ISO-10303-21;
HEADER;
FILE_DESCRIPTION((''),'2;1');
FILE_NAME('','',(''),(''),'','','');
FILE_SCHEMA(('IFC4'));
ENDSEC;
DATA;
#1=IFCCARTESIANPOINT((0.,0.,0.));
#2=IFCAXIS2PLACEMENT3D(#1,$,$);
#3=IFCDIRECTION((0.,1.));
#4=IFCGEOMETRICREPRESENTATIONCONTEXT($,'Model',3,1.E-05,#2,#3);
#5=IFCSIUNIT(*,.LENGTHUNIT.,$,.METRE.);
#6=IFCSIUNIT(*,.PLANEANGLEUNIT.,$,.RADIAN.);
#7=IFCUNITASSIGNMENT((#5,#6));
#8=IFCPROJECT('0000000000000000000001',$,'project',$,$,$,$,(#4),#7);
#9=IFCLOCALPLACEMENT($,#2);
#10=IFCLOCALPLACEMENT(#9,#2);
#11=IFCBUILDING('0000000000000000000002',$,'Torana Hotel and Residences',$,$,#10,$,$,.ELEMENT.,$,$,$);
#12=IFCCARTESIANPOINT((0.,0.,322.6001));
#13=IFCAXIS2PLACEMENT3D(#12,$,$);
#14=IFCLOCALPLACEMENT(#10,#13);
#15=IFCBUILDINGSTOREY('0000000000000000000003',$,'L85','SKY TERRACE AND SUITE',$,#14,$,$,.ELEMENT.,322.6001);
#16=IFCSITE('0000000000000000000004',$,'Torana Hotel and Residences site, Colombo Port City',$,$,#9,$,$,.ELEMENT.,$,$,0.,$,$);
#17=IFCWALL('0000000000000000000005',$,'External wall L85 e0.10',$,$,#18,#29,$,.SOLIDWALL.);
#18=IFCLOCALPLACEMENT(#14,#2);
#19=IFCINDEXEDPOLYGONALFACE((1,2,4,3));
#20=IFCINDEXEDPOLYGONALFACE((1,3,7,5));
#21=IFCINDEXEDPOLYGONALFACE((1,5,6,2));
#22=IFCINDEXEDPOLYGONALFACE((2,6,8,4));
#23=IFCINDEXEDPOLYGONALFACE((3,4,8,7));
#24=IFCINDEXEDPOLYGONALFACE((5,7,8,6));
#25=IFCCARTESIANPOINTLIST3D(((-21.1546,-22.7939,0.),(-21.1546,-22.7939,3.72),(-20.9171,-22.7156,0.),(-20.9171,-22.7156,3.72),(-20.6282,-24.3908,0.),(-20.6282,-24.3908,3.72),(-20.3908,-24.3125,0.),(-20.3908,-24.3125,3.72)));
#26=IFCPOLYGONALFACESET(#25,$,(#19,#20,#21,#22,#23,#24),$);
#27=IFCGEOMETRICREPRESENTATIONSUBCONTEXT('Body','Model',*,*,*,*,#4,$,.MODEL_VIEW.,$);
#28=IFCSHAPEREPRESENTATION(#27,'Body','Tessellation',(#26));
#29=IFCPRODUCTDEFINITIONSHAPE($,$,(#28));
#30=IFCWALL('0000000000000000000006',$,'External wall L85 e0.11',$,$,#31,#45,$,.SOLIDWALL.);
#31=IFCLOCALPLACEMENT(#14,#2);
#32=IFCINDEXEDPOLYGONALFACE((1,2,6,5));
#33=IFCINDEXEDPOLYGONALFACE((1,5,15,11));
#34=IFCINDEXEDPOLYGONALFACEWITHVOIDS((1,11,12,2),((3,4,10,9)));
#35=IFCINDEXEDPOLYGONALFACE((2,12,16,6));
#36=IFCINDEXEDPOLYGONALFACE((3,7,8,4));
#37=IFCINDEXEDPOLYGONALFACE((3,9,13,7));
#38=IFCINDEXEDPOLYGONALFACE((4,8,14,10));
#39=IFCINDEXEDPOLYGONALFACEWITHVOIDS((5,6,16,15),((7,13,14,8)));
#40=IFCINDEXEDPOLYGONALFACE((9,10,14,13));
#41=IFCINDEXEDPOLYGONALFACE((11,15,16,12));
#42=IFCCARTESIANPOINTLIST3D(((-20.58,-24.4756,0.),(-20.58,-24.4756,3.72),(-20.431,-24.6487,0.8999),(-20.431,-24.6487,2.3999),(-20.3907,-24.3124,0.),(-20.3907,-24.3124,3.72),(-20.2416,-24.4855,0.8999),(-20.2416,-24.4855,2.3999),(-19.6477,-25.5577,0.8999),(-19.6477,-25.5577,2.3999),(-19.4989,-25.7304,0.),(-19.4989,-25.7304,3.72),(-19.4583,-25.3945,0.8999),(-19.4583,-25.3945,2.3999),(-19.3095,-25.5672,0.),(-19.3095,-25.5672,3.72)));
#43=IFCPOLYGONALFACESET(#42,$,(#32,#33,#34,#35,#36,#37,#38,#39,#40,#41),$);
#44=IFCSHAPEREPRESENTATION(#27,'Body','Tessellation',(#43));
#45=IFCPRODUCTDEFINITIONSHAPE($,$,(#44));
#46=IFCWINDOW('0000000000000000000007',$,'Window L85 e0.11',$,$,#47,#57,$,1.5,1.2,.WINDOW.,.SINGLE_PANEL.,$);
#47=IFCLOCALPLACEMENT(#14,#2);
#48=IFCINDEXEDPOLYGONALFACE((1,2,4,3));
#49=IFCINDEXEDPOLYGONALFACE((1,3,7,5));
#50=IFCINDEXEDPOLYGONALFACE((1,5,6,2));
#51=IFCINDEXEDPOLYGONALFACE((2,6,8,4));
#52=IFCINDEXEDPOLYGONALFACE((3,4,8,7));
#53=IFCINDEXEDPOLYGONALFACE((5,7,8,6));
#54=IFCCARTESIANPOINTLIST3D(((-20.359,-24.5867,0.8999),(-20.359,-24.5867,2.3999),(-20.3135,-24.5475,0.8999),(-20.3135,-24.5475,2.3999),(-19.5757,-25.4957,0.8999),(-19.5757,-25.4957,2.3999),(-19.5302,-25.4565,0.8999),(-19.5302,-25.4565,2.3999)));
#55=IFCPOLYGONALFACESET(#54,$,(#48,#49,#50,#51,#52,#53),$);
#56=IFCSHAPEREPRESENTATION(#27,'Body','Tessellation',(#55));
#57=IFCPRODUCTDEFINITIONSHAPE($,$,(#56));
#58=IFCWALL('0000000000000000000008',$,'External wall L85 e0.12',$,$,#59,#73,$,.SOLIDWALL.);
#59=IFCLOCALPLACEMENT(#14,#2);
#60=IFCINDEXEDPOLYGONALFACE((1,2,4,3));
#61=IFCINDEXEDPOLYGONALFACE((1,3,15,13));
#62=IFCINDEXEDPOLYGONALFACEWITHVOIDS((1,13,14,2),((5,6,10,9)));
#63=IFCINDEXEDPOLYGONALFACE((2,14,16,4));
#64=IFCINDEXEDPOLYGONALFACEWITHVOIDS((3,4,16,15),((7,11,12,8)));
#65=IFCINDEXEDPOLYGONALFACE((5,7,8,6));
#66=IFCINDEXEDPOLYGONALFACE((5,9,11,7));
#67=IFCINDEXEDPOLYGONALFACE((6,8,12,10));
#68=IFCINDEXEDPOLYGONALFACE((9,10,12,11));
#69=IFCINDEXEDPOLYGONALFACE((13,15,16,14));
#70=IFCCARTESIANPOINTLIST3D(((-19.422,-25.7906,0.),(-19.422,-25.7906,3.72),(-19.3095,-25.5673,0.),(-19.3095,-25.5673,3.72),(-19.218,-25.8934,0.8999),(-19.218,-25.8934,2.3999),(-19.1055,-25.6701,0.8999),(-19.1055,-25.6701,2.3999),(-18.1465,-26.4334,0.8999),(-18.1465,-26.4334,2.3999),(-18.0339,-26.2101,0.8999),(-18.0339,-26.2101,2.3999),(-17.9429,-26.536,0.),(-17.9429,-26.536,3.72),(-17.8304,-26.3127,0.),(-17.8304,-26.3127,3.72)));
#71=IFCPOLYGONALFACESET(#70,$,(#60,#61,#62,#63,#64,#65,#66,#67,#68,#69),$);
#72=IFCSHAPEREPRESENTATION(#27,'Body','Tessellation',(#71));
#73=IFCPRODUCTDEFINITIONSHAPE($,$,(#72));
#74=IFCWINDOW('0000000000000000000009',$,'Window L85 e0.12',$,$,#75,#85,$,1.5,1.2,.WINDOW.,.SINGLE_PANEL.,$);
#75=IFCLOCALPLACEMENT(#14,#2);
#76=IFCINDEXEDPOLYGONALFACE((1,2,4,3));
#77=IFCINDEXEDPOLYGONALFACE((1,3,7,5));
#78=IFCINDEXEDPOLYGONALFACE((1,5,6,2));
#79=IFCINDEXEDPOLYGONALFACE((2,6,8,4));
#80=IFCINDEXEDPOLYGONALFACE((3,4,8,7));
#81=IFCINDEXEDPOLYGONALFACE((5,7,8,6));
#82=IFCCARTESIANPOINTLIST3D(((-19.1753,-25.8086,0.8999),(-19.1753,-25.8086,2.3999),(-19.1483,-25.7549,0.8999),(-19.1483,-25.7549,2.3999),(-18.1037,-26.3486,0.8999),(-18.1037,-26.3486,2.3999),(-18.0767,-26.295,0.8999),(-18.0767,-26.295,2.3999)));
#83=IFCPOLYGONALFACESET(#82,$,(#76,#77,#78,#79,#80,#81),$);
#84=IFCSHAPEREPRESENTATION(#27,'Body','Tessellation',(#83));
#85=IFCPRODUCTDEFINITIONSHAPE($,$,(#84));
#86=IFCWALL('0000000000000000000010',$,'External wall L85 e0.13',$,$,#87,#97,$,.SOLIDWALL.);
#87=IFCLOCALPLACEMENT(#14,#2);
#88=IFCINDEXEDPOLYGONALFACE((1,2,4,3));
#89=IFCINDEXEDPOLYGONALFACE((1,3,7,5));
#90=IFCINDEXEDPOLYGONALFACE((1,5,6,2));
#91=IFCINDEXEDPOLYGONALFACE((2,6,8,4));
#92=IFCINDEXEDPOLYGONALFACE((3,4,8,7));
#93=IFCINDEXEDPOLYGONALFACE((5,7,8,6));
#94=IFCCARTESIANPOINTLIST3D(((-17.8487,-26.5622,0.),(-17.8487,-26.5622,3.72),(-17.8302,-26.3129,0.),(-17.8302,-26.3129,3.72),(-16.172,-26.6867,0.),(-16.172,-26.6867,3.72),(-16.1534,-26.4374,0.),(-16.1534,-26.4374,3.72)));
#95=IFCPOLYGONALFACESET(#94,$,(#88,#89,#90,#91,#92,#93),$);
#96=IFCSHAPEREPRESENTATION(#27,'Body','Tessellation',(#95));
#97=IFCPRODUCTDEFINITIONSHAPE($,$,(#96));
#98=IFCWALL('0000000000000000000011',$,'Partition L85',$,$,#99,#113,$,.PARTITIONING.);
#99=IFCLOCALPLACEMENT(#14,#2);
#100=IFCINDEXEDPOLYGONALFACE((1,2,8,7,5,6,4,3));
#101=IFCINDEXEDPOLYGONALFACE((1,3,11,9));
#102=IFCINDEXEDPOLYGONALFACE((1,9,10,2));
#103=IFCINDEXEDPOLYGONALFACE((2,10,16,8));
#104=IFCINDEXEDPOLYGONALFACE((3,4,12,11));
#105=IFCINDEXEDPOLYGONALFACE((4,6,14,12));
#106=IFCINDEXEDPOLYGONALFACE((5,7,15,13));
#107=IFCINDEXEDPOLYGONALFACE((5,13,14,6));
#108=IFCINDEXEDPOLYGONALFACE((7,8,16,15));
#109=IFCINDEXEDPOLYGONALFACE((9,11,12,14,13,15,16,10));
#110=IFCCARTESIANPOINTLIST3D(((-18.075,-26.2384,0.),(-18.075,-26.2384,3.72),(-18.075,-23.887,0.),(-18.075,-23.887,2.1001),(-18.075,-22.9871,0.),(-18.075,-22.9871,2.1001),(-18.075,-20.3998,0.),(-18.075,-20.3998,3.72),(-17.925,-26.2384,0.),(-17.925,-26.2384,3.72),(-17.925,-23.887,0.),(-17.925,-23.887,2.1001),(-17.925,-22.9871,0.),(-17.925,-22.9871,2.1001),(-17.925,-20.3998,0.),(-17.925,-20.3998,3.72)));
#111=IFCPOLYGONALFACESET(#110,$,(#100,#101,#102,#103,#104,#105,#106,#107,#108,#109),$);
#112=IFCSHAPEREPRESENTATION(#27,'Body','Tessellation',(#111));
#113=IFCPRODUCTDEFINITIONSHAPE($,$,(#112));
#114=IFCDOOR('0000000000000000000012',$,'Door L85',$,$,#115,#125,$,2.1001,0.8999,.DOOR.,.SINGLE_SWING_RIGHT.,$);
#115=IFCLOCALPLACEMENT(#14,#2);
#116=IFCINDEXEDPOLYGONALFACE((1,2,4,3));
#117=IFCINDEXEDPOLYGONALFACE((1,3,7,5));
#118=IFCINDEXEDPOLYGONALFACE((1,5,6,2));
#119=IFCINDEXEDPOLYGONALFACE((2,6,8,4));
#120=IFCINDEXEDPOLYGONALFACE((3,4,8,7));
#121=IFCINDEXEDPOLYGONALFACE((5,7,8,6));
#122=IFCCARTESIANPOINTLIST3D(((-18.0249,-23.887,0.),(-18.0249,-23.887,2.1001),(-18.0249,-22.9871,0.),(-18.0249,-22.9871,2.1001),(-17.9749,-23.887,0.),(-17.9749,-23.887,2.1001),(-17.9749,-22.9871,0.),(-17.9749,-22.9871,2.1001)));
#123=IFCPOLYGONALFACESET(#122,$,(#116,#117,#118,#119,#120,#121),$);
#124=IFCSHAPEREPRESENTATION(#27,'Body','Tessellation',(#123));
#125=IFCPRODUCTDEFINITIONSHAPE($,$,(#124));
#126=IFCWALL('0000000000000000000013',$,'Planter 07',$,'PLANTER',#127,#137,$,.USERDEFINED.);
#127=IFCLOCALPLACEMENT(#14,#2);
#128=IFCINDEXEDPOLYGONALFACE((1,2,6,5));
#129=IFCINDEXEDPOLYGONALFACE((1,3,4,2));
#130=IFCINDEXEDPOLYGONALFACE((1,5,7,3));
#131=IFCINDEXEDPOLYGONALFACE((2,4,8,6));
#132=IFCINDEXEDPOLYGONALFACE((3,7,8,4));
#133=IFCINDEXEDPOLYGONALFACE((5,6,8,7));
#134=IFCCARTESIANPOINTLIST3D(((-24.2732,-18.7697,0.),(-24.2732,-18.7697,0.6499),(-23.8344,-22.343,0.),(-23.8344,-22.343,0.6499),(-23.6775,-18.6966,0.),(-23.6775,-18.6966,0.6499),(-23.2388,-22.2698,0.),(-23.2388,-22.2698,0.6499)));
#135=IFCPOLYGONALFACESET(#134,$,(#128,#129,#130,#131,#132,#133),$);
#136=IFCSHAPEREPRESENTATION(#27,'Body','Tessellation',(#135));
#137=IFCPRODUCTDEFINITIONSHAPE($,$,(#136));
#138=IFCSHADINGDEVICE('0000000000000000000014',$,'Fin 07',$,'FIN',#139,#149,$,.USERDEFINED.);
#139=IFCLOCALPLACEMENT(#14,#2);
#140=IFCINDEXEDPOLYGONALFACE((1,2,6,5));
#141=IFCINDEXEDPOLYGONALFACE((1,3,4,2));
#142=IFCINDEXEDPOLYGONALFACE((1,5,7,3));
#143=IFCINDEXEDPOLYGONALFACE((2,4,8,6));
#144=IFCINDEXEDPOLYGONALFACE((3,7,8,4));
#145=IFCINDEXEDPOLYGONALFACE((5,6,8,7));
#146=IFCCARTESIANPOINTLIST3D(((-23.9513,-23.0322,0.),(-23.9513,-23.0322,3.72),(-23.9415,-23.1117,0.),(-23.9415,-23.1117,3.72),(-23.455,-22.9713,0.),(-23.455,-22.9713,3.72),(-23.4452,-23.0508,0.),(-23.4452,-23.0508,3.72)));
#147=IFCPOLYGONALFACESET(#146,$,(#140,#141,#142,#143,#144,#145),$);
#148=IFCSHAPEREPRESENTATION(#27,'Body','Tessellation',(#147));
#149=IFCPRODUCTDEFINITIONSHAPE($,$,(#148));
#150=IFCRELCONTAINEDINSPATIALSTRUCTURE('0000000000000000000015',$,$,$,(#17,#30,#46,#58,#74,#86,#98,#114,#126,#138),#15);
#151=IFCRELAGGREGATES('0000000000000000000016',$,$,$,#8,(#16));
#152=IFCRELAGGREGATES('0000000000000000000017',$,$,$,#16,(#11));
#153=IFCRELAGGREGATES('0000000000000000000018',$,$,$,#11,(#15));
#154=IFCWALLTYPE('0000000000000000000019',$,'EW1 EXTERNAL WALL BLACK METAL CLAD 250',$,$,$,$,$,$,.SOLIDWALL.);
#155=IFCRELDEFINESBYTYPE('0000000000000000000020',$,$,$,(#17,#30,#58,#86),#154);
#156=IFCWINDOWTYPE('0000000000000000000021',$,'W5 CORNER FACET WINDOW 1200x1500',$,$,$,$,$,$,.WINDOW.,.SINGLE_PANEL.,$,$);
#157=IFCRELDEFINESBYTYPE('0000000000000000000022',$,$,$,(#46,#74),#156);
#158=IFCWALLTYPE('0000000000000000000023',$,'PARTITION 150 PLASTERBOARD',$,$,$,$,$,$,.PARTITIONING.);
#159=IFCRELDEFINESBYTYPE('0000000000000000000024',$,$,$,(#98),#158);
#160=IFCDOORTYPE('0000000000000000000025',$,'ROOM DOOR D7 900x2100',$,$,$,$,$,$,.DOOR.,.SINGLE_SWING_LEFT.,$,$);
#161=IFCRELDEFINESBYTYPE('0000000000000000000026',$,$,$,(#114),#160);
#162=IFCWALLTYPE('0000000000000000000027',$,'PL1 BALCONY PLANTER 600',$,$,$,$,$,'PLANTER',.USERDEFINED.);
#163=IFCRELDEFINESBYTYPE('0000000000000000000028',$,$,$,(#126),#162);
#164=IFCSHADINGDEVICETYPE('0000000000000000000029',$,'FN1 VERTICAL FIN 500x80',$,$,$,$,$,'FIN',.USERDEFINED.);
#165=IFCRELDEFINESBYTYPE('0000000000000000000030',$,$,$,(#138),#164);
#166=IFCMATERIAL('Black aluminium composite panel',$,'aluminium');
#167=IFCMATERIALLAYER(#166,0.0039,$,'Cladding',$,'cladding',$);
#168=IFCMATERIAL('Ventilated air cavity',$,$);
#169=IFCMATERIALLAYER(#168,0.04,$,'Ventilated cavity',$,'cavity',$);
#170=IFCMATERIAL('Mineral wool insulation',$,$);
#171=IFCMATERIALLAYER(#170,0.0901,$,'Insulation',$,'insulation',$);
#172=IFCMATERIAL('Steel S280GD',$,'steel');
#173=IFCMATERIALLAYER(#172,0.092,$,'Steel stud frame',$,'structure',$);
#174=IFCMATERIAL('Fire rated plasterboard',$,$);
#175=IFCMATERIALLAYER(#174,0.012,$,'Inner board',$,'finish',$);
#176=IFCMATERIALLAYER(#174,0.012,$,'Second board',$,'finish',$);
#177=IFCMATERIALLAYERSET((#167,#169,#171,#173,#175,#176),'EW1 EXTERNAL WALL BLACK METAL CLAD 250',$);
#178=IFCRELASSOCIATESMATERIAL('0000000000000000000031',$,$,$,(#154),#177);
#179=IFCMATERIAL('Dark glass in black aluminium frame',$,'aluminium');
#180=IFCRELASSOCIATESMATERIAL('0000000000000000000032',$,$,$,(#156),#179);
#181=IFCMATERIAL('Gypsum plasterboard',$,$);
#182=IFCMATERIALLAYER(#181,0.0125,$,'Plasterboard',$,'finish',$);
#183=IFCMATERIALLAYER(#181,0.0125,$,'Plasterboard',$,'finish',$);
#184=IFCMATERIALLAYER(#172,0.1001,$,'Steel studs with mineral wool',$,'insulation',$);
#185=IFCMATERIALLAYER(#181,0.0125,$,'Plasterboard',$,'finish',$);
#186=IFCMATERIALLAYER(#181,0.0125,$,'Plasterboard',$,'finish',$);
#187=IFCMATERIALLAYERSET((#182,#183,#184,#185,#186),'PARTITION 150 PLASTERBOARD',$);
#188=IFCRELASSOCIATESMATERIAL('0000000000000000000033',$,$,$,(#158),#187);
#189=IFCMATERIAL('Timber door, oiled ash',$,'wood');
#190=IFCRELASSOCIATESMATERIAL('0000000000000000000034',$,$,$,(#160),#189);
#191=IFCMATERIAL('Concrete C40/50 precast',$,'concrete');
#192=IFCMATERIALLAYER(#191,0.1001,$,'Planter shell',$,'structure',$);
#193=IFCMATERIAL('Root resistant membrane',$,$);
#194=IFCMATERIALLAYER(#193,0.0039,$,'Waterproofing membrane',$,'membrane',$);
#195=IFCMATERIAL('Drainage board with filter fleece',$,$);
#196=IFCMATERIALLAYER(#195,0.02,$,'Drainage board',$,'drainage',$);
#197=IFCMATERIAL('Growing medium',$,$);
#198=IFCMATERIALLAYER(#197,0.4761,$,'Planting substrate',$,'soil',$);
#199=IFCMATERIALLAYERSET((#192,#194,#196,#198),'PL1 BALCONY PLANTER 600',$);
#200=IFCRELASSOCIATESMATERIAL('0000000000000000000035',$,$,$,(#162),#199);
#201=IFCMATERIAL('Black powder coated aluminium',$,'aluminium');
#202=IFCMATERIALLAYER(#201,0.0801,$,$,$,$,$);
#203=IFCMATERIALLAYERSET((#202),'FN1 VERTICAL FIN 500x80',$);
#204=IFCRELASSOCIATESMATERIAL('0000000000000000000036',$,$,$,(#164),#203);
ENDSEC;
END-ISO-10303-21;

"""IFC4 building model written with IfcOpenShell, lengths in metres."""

from ifc_helpers import new_model, si_unit, direction, frame, frame_2d, origin, origin_2d, place, context, subcontext, project, spatial, rectangle, extrude, material, layer, layer_set, type_object, element, fill, save


model = new_model("IFC4")

# Units and contexts
model_context = context("Model", 3, precision=1e-05, world=origin(), true_north=direction((0.0, 1.0)))
body_context = subcontext(model_context, "Body", "Model", "MODEL_VIEW")
ifc_project = project(units=[si_unit("LENGTHUNIT", "METRE"), si_unit("PLANEANGLEUNIT", "RADIAN")], contexts=[model_context])

# Site, building, storey
site_placement = place(None, origin())
site = spatial("IfcSite", under=ifc_project, at=site_placement, Name="Torana Hotel and Residences site, Colombo Port City", CompositionType="ELEMENT", RefElevation=0.0)
building_placement = place(site_placement, origin())
building = spatial("IfcBuilding", under=site, at=building_placement, Name="Torana Hotel and Residences", CompositionType="ELEMENT")
storey_placement = place(building_placement, frame((0.0, 0.0, 322.6001)))
storey = spatial("IfcBuildingStorey", under=building, at=storey_placement, Name="L85", Description="SKY TERRACE AND SUITE", CompositionType="ELEMENT", Elevation=322.6001)

# Wall
ifc_material_1 = material(Name="Black aluminium composite panel", Category="aluminium")
ifc_layer_1 = layer(ifc_material_1, 0.0039, Name="Cladding", Category="cladding")
ifc_material_2 = material(Name="Ventilated air cavity")
ifc_layer_2 = layer(ifc_material_2, 0.04, Name="Ventilated cavity", Category="cavity")
ifc_material_3 = material(Name="Mineral wool insulation")
ifc_layer_3 = layer(ifc_material_3, 0.0901, Name="Insulation", Category="insulation")
ifc_material_4 = material(Name="Steel S280GD", Category="steel")
ifc_layer_4 = layer(ifc_material_4, 0.092, Name="Steel stud frame", Category="structure")
ifc_material_5 = material(Name="Fire rated plasterboard")
ifc_layer_5 = layer(ifc_material_5, 0.012, Name="Inner board", Category="finish")
ifc_layer_6 = layer(ifc_material_5, 0.012, Name="Second board", Category="finish")
ifc_layer_set_1 = layer_set([ifc_layer_1, ifc_layer_2, ifc_layer_3, ifc_layer_4, ifc_layer_5, ifc_layer_6], Name="EW1 EXTERNAL WALL BLACK METAL CLAD 250")
wall_type_1 = type_object("IfcWallType", Name="EW1 EXTERNAL WALL BLACK METAL CLAD 250", PredefinedType="SOLIDWALL", material=ifc_layer_set_1)
wall_1_placement = place(storey_placement, frame((-21.0359, -22.7546, 0.0), z_axis=(0.0, 0.0, 1.0), x_axis=(0.313046, -0.949738, 0.0)))
element("IfcWall", 1, at=wall_1_placement, inside=storey, type_object=wall_type_1, Name="External wall L85 e0.10", PredefinedType="SOLIDWALL", context=body_context, shape_type="SweptSolid", body=[
    extrude(rectangle(XDim=1.6814, YDim=0.25, at=frame_2d((0.8408, 0.0))), origin(), (0.0, 0.0, 1.0), 3.72),
])

# Walls, openings, windows
wall_2_placement = place(storey_placement, frame((-20.4854, -24.394, 0.0), z_axis=(0.0, 0.0, 1.0), x_axis=(0.652756, -0.757568, 0.0)))
wall_2 = element("IfcWall", 2, at=wall_2_placement, inside=storey, type_object=wall_type_1, Name="External wall L85 e0.11", PredefinedType="SOLIDWALL", context=body_context, shape_type="SweptSolid", body=[
    extrude(rectangle(XDim=1.6562, YDim=0.25, at=frame_2d((0.8281, 0.0))), origin(), (0.0, 0.0, 1.0), 3.72),
])
opening_1_placement = place(wall_2_placement, frame((0.2283, 0.0, 0.8999)))
opening_1 = element("IfcOpeningElement", 3, at=opening_1_placement, cuts=wall_2, PredefinedType="OPENING", context=body_context, shape_type="SweptSolid", body=[
    extrude(rectangle(XDim=1.2, YDim=1.5, at=frame_2d((0.6001, 0.75))), frame((0.0, 0.135, 0.0), z_axis=(0.0, -1.0, 0.0), x_axis=(1.0, 0.0, 0.0)), (0.0, 0.0, 1.0), 0.27),
])
ifc_material_6 = material(Name="Dark glass in black aluminium frame", Category="aluminium")
window_type_1 = type_object("IfcWindowType", Name="W5 CORNER FACET WINDOW 1200x1500", PartitioningType="SINGLE_PANEL", PredefinedType="WINDOW", material=ifc_material_6)
window_1_placement = place(opening_1_placement, origin())
window_1 = element("IfcWindow", 4, at=window_1_placement, inside=storey, type_object=window_type_1, Name="Window L85 e0.11", OverallHeight=1.5, OverallWidth=1.2, PartitioningType="SINGLE_PANEL", PredefinedType="WINDOW", context=body_context, shape_type="SweptSolid", body=[
    extrude(rectangle(XDim=1.2, YDim=1.5, at=frame_2d((0.6001, 0.75))), frame((0.0, 0.03, 0.0), z_axis=(0.0, -1.0, 0.0), x_axis=(1.0, 0.0, 0.0)), (0.0, 0.0, 1.0), 0.0601),
])
fill(opening_1, window_1)
wall_3_placement = place(storey_placement, frame((-19.3657, -25.679, 0.0), z_axis=(0.0, 0.0, 1.0), x_axis=(0.893008, -0.450042, 0.0)))
wall_3 = element("IfcWall", 5, at=wall_3_placement, inside=storey, type_object=wall_type_1, Name="External wall L85 e0.12", PredefinedType="SOLIDWALL", context=body_context, shape_type="SweptSolid", body=[
    extrude(rectangle(XDim=1.6562, YDim=0.25, at=frame_2d((0.8281, 0.0))), origin(), (0.0, 0.0, 1.0), 3.72),
])
opening_2_placement = place(wall_3_placement, frame((0.2283, 0.0, 0.8999)))
opening_2 = element("IfcOpeningElement", 6, at=opening_2_placement, cuts=wall_3, PredefinedType="OPENING", context=body_context, shape_type="SweptSolid", body=[
    extrude(rectangle(XDim=1.2, YDim=1.5, at=frame_2d((0.6001, 0.75))), frame((0.0, 0.135, 0.0), z_axis=(0.0, -1.0, 0.0), x_axis=(1.0, 0.0, 0.0)), (0.0, 0.0, 1.0), 0.27),
])
window_2_placement = place(opening_2_placement, origin())
window_2 = element("IfcWindow", 7, at=window_2_placement, inside=storey, type_object=window_type_1, Name="Window L85 e0.12", OverallHeight=1.5, OverallWidth=1.2, PartitioningType="SINGLE_PANEL", PredefinedType="WINDOW", context=body_context, shape_type="SweptSolid", body=[
    extrude(rectangle(XDim=1.2, YDim=1.5, at=frame_2d((0.6001, 0.75))), frame((0.0, 0.03, 0.0), z_axis=(0.0, -1.0, 0.0), x_axis=(1.0, 0.0, 0.0)), (0.0, 0.0, 1.0), 0.0601),
])
fill(opening_2, window_2)

# Wall
wall_4_placement = place(storey_placement, frame((-17.8396, -26.4375, 0.0), z_axis=(0.0, 0.0, 1.0), x_axis=(0.997254, -0.074054, 0.0)))
element("IfcWall", 8, at=wall_4_placement, inside=storey, type_object=wall_type_1, Name="External wall L85 e0.13", PredefinedType="SOLIDWALL", context=body_context, shape_type="SweptSolid", body=[
    extrude(rectangle(XDim=1.6814, YDim=0.25, at=frame_2d((0.8408, 0.0))), origin(), (0.0, 0.0, 1.0), 3.72),
])

# Wall, opening, door
ifc_material_7 = material(Name="Gypsum plasterboard")
ifc_layer_7 = layer(ifc_material_7, 0.0125, Name="Plasterboard", Category="finish")
ifc_layer_8 = layer(ifc_material_7, 0.0125, Name="Plasterboard", Category="finish")
ifc_layer_9 = layer(ifc_material_4, 0.1001, Name="Steel studs with mineral wool", Category="insulation")
ifc_layer_10 = layer(ifc_material_7, 0.0125, Name="Plasterboard", Category="finish")
ifc_layer_11 = layer(ifc_material_7, 0.0125, Name="Plasterboard", Category="finish")
ifc_layer_set_2 = layer_set([ifc_layer_7, ifc_layer_8, ifc_layer_9, ifc_layer_10, ifc_layer_11], Name="PARTITION 150 PLASTERBOARD")
wall_type_2 = type_object("IfcWallType", Name="PARTITION 150 PLASTERBOARD", PredefinedType="PARTITIONING", material=ifc_layer_set_2)
wall_5_placement = place(storey_placement, frame((-18.0, -26.2385, 0.0), z_axis=(0.0, 0.0, 1.0), x_axis=(0.0, 1.0, 0.0)))
wall_5 = element("IfcWall", 9, at=wall_5_placement, inside=storey, type_object=wall_type_2, Name="Partition L85", PredefinedType="PARTITIONING", context=body_context, shape_type="SweptSolid", body=[
    extrude(rectangle(XDim=5.8386, YDim=0.1499, at=frame_2d((2.9194, 0.0))), origin(), (0.0, 0.0, 1.0), 3.72),
])
opening_3_placement = place(wall_5_placement, frame((2.3516, 0.0, 0.0)))
opening_3 = element("IfcOpeningElement", 10, at=opening_3_placement, cuts=wall_5, PredefinedType="OPENING", context=body_context, shape_type="SweptSolid", body=[
    extrude(rectangle(XDim=0.8999, YDim=2.1001, at=frame_2d((0.45, 1.05))), frame((0.0, 0.085, 0.0), z_axis=(0.0, -1.0, 0.0), x_axis=(1.0, 0.0, 0.0)), (0.0, 0.0, 1.0), 0.1699),
])
ifc_material_8 = material(Name="Timber door, oiled ash", Category="wood")
door_type_1 = type_object("IfcDoorType", Name="ROOM DOOR D7 900x2100", OperationType="SINGLE_SWING_LEFT", PredefinedType="DOOR", material=ifc_material_8)
door_1_placement = place(opening_3_placement, origin())
door_1 = element("IfcDoor", 11, at=door_1_placement, inside=storey, type_object=door_type_1, Name="Door L85", OperationType="SINGLE_SWING_RIGHT", OverallHeight=2.1001, OverallWidth=0.8999, PredefinedType="DOOR", context=body_context, shape_type="SweptSolid", body=[
    extrude(rectangle(XDim=0.8999, YDim=2.1001, at=frame_2d((0.45, 1.05))), frame((0.0, 0.0249, 0.0), z_axis=(0.0, -1.0, 0.0), x_axis=(1.0, 0.0, 0.0)), (0.0, 0.0, 1.0), 0.05),
])
fill(opening_3, door_1)

# Wall
ifc_material_9 = material(Name="Concrete C40/50 precast", Category="concrete")
ifc_layer_12 = layer(ifc_material_9, 0.1001, Name="Planter shell", Category="structure")
ifc_material_10 = material(Name="Root resistant membrane")
ifc_layer_13 = layer(ifc_material_10, 0.0039, Name="Waterproofing membrane", Category="membrane")
ifc_material_11 = material(Name="Drainage board with filter fleece")
ifc_layer_14 = layer(ifc_material_11, 0.02, Name="Drainage board", Category="drainage")
ifc_material_12 = material(Name="Growing medium")
ifc_layer_15 = layer(ifc_material_12, 0.4761, Name="Planting substrate", Category="soil")
ifc_layer_set_3 = layer_set([ifc_layer_12, ifc_layer_13, ifc_layer_14, ifc_layer_15], Name="PL1 BALCONY PLANTER 600")
wall_type_3 = type_object("IfcWallType", Name="PL1 BALCONY PLANTER 600", ElementType="PLANTER", PredefinedType="USERDEFINED", material=ifc_layer_set_3)
wall_6_placement = place(storey_placement, frame((-23.5366, -22.3064, 0.0), z_axis=(0.0, 0.0, 1.0), x_axis=(-0.121864, 0.992547, 0.0)))
element("IfcWall", 12, at=wall_6_placement, inside=storey, type_object=wall_type_3, Name="Planter 07", ObjectType="PLANTER", PredefinedType="USERDEFINED", context=body_context, shape_type="SweptSolid", body=[
    extrude(rectangle(XDim=3.6001, YDim=0.6001, at=frame_2d((1.8, 0.0))), origin(), (0.0, 0.0, 1.0), 0.6499),
])

# Shading device
ifc_material_13 = material(Name="Black powder coated aluminium", Category="aluminium")
ifc_layer_16 = layer(ifc_material_13, 0.0801)
ifc_layer_set_4 = layer_set([ifc_layer_16], Name="FN1 VERTICAL FIN 500x80")
shading_device_type = type_object("IfcShadingDeviceType", Name="FN1 VERTICAL FIN 500x80", ElementType="FIN", PredefinedType="USERDEFINED", material=ifc_layer_set_4)
shading_device_placement = place(storey_placement, frame((-23.6982, -23.0415, 0.0), z_axis=(0.0, 0.0, 1.0), x_axis=(-0.121881, 0.992545, 0.0)))
element("IfcShadingDevice", 13, at=shading_device_placement, inside=storey, type_object=shading_device_type, Name="Fin 07", ObjectType="FIN", PredefinedType="USERDEFINED", context=body_context, shape_type="SweptSolid", body=[
    extrude(rectangle(XDim=0.0801, YDim=0.5, at=origin_2d()), origin(), (0.0, 0.0, 1.0), 3.72),
])

save(model, "model.ifc")
